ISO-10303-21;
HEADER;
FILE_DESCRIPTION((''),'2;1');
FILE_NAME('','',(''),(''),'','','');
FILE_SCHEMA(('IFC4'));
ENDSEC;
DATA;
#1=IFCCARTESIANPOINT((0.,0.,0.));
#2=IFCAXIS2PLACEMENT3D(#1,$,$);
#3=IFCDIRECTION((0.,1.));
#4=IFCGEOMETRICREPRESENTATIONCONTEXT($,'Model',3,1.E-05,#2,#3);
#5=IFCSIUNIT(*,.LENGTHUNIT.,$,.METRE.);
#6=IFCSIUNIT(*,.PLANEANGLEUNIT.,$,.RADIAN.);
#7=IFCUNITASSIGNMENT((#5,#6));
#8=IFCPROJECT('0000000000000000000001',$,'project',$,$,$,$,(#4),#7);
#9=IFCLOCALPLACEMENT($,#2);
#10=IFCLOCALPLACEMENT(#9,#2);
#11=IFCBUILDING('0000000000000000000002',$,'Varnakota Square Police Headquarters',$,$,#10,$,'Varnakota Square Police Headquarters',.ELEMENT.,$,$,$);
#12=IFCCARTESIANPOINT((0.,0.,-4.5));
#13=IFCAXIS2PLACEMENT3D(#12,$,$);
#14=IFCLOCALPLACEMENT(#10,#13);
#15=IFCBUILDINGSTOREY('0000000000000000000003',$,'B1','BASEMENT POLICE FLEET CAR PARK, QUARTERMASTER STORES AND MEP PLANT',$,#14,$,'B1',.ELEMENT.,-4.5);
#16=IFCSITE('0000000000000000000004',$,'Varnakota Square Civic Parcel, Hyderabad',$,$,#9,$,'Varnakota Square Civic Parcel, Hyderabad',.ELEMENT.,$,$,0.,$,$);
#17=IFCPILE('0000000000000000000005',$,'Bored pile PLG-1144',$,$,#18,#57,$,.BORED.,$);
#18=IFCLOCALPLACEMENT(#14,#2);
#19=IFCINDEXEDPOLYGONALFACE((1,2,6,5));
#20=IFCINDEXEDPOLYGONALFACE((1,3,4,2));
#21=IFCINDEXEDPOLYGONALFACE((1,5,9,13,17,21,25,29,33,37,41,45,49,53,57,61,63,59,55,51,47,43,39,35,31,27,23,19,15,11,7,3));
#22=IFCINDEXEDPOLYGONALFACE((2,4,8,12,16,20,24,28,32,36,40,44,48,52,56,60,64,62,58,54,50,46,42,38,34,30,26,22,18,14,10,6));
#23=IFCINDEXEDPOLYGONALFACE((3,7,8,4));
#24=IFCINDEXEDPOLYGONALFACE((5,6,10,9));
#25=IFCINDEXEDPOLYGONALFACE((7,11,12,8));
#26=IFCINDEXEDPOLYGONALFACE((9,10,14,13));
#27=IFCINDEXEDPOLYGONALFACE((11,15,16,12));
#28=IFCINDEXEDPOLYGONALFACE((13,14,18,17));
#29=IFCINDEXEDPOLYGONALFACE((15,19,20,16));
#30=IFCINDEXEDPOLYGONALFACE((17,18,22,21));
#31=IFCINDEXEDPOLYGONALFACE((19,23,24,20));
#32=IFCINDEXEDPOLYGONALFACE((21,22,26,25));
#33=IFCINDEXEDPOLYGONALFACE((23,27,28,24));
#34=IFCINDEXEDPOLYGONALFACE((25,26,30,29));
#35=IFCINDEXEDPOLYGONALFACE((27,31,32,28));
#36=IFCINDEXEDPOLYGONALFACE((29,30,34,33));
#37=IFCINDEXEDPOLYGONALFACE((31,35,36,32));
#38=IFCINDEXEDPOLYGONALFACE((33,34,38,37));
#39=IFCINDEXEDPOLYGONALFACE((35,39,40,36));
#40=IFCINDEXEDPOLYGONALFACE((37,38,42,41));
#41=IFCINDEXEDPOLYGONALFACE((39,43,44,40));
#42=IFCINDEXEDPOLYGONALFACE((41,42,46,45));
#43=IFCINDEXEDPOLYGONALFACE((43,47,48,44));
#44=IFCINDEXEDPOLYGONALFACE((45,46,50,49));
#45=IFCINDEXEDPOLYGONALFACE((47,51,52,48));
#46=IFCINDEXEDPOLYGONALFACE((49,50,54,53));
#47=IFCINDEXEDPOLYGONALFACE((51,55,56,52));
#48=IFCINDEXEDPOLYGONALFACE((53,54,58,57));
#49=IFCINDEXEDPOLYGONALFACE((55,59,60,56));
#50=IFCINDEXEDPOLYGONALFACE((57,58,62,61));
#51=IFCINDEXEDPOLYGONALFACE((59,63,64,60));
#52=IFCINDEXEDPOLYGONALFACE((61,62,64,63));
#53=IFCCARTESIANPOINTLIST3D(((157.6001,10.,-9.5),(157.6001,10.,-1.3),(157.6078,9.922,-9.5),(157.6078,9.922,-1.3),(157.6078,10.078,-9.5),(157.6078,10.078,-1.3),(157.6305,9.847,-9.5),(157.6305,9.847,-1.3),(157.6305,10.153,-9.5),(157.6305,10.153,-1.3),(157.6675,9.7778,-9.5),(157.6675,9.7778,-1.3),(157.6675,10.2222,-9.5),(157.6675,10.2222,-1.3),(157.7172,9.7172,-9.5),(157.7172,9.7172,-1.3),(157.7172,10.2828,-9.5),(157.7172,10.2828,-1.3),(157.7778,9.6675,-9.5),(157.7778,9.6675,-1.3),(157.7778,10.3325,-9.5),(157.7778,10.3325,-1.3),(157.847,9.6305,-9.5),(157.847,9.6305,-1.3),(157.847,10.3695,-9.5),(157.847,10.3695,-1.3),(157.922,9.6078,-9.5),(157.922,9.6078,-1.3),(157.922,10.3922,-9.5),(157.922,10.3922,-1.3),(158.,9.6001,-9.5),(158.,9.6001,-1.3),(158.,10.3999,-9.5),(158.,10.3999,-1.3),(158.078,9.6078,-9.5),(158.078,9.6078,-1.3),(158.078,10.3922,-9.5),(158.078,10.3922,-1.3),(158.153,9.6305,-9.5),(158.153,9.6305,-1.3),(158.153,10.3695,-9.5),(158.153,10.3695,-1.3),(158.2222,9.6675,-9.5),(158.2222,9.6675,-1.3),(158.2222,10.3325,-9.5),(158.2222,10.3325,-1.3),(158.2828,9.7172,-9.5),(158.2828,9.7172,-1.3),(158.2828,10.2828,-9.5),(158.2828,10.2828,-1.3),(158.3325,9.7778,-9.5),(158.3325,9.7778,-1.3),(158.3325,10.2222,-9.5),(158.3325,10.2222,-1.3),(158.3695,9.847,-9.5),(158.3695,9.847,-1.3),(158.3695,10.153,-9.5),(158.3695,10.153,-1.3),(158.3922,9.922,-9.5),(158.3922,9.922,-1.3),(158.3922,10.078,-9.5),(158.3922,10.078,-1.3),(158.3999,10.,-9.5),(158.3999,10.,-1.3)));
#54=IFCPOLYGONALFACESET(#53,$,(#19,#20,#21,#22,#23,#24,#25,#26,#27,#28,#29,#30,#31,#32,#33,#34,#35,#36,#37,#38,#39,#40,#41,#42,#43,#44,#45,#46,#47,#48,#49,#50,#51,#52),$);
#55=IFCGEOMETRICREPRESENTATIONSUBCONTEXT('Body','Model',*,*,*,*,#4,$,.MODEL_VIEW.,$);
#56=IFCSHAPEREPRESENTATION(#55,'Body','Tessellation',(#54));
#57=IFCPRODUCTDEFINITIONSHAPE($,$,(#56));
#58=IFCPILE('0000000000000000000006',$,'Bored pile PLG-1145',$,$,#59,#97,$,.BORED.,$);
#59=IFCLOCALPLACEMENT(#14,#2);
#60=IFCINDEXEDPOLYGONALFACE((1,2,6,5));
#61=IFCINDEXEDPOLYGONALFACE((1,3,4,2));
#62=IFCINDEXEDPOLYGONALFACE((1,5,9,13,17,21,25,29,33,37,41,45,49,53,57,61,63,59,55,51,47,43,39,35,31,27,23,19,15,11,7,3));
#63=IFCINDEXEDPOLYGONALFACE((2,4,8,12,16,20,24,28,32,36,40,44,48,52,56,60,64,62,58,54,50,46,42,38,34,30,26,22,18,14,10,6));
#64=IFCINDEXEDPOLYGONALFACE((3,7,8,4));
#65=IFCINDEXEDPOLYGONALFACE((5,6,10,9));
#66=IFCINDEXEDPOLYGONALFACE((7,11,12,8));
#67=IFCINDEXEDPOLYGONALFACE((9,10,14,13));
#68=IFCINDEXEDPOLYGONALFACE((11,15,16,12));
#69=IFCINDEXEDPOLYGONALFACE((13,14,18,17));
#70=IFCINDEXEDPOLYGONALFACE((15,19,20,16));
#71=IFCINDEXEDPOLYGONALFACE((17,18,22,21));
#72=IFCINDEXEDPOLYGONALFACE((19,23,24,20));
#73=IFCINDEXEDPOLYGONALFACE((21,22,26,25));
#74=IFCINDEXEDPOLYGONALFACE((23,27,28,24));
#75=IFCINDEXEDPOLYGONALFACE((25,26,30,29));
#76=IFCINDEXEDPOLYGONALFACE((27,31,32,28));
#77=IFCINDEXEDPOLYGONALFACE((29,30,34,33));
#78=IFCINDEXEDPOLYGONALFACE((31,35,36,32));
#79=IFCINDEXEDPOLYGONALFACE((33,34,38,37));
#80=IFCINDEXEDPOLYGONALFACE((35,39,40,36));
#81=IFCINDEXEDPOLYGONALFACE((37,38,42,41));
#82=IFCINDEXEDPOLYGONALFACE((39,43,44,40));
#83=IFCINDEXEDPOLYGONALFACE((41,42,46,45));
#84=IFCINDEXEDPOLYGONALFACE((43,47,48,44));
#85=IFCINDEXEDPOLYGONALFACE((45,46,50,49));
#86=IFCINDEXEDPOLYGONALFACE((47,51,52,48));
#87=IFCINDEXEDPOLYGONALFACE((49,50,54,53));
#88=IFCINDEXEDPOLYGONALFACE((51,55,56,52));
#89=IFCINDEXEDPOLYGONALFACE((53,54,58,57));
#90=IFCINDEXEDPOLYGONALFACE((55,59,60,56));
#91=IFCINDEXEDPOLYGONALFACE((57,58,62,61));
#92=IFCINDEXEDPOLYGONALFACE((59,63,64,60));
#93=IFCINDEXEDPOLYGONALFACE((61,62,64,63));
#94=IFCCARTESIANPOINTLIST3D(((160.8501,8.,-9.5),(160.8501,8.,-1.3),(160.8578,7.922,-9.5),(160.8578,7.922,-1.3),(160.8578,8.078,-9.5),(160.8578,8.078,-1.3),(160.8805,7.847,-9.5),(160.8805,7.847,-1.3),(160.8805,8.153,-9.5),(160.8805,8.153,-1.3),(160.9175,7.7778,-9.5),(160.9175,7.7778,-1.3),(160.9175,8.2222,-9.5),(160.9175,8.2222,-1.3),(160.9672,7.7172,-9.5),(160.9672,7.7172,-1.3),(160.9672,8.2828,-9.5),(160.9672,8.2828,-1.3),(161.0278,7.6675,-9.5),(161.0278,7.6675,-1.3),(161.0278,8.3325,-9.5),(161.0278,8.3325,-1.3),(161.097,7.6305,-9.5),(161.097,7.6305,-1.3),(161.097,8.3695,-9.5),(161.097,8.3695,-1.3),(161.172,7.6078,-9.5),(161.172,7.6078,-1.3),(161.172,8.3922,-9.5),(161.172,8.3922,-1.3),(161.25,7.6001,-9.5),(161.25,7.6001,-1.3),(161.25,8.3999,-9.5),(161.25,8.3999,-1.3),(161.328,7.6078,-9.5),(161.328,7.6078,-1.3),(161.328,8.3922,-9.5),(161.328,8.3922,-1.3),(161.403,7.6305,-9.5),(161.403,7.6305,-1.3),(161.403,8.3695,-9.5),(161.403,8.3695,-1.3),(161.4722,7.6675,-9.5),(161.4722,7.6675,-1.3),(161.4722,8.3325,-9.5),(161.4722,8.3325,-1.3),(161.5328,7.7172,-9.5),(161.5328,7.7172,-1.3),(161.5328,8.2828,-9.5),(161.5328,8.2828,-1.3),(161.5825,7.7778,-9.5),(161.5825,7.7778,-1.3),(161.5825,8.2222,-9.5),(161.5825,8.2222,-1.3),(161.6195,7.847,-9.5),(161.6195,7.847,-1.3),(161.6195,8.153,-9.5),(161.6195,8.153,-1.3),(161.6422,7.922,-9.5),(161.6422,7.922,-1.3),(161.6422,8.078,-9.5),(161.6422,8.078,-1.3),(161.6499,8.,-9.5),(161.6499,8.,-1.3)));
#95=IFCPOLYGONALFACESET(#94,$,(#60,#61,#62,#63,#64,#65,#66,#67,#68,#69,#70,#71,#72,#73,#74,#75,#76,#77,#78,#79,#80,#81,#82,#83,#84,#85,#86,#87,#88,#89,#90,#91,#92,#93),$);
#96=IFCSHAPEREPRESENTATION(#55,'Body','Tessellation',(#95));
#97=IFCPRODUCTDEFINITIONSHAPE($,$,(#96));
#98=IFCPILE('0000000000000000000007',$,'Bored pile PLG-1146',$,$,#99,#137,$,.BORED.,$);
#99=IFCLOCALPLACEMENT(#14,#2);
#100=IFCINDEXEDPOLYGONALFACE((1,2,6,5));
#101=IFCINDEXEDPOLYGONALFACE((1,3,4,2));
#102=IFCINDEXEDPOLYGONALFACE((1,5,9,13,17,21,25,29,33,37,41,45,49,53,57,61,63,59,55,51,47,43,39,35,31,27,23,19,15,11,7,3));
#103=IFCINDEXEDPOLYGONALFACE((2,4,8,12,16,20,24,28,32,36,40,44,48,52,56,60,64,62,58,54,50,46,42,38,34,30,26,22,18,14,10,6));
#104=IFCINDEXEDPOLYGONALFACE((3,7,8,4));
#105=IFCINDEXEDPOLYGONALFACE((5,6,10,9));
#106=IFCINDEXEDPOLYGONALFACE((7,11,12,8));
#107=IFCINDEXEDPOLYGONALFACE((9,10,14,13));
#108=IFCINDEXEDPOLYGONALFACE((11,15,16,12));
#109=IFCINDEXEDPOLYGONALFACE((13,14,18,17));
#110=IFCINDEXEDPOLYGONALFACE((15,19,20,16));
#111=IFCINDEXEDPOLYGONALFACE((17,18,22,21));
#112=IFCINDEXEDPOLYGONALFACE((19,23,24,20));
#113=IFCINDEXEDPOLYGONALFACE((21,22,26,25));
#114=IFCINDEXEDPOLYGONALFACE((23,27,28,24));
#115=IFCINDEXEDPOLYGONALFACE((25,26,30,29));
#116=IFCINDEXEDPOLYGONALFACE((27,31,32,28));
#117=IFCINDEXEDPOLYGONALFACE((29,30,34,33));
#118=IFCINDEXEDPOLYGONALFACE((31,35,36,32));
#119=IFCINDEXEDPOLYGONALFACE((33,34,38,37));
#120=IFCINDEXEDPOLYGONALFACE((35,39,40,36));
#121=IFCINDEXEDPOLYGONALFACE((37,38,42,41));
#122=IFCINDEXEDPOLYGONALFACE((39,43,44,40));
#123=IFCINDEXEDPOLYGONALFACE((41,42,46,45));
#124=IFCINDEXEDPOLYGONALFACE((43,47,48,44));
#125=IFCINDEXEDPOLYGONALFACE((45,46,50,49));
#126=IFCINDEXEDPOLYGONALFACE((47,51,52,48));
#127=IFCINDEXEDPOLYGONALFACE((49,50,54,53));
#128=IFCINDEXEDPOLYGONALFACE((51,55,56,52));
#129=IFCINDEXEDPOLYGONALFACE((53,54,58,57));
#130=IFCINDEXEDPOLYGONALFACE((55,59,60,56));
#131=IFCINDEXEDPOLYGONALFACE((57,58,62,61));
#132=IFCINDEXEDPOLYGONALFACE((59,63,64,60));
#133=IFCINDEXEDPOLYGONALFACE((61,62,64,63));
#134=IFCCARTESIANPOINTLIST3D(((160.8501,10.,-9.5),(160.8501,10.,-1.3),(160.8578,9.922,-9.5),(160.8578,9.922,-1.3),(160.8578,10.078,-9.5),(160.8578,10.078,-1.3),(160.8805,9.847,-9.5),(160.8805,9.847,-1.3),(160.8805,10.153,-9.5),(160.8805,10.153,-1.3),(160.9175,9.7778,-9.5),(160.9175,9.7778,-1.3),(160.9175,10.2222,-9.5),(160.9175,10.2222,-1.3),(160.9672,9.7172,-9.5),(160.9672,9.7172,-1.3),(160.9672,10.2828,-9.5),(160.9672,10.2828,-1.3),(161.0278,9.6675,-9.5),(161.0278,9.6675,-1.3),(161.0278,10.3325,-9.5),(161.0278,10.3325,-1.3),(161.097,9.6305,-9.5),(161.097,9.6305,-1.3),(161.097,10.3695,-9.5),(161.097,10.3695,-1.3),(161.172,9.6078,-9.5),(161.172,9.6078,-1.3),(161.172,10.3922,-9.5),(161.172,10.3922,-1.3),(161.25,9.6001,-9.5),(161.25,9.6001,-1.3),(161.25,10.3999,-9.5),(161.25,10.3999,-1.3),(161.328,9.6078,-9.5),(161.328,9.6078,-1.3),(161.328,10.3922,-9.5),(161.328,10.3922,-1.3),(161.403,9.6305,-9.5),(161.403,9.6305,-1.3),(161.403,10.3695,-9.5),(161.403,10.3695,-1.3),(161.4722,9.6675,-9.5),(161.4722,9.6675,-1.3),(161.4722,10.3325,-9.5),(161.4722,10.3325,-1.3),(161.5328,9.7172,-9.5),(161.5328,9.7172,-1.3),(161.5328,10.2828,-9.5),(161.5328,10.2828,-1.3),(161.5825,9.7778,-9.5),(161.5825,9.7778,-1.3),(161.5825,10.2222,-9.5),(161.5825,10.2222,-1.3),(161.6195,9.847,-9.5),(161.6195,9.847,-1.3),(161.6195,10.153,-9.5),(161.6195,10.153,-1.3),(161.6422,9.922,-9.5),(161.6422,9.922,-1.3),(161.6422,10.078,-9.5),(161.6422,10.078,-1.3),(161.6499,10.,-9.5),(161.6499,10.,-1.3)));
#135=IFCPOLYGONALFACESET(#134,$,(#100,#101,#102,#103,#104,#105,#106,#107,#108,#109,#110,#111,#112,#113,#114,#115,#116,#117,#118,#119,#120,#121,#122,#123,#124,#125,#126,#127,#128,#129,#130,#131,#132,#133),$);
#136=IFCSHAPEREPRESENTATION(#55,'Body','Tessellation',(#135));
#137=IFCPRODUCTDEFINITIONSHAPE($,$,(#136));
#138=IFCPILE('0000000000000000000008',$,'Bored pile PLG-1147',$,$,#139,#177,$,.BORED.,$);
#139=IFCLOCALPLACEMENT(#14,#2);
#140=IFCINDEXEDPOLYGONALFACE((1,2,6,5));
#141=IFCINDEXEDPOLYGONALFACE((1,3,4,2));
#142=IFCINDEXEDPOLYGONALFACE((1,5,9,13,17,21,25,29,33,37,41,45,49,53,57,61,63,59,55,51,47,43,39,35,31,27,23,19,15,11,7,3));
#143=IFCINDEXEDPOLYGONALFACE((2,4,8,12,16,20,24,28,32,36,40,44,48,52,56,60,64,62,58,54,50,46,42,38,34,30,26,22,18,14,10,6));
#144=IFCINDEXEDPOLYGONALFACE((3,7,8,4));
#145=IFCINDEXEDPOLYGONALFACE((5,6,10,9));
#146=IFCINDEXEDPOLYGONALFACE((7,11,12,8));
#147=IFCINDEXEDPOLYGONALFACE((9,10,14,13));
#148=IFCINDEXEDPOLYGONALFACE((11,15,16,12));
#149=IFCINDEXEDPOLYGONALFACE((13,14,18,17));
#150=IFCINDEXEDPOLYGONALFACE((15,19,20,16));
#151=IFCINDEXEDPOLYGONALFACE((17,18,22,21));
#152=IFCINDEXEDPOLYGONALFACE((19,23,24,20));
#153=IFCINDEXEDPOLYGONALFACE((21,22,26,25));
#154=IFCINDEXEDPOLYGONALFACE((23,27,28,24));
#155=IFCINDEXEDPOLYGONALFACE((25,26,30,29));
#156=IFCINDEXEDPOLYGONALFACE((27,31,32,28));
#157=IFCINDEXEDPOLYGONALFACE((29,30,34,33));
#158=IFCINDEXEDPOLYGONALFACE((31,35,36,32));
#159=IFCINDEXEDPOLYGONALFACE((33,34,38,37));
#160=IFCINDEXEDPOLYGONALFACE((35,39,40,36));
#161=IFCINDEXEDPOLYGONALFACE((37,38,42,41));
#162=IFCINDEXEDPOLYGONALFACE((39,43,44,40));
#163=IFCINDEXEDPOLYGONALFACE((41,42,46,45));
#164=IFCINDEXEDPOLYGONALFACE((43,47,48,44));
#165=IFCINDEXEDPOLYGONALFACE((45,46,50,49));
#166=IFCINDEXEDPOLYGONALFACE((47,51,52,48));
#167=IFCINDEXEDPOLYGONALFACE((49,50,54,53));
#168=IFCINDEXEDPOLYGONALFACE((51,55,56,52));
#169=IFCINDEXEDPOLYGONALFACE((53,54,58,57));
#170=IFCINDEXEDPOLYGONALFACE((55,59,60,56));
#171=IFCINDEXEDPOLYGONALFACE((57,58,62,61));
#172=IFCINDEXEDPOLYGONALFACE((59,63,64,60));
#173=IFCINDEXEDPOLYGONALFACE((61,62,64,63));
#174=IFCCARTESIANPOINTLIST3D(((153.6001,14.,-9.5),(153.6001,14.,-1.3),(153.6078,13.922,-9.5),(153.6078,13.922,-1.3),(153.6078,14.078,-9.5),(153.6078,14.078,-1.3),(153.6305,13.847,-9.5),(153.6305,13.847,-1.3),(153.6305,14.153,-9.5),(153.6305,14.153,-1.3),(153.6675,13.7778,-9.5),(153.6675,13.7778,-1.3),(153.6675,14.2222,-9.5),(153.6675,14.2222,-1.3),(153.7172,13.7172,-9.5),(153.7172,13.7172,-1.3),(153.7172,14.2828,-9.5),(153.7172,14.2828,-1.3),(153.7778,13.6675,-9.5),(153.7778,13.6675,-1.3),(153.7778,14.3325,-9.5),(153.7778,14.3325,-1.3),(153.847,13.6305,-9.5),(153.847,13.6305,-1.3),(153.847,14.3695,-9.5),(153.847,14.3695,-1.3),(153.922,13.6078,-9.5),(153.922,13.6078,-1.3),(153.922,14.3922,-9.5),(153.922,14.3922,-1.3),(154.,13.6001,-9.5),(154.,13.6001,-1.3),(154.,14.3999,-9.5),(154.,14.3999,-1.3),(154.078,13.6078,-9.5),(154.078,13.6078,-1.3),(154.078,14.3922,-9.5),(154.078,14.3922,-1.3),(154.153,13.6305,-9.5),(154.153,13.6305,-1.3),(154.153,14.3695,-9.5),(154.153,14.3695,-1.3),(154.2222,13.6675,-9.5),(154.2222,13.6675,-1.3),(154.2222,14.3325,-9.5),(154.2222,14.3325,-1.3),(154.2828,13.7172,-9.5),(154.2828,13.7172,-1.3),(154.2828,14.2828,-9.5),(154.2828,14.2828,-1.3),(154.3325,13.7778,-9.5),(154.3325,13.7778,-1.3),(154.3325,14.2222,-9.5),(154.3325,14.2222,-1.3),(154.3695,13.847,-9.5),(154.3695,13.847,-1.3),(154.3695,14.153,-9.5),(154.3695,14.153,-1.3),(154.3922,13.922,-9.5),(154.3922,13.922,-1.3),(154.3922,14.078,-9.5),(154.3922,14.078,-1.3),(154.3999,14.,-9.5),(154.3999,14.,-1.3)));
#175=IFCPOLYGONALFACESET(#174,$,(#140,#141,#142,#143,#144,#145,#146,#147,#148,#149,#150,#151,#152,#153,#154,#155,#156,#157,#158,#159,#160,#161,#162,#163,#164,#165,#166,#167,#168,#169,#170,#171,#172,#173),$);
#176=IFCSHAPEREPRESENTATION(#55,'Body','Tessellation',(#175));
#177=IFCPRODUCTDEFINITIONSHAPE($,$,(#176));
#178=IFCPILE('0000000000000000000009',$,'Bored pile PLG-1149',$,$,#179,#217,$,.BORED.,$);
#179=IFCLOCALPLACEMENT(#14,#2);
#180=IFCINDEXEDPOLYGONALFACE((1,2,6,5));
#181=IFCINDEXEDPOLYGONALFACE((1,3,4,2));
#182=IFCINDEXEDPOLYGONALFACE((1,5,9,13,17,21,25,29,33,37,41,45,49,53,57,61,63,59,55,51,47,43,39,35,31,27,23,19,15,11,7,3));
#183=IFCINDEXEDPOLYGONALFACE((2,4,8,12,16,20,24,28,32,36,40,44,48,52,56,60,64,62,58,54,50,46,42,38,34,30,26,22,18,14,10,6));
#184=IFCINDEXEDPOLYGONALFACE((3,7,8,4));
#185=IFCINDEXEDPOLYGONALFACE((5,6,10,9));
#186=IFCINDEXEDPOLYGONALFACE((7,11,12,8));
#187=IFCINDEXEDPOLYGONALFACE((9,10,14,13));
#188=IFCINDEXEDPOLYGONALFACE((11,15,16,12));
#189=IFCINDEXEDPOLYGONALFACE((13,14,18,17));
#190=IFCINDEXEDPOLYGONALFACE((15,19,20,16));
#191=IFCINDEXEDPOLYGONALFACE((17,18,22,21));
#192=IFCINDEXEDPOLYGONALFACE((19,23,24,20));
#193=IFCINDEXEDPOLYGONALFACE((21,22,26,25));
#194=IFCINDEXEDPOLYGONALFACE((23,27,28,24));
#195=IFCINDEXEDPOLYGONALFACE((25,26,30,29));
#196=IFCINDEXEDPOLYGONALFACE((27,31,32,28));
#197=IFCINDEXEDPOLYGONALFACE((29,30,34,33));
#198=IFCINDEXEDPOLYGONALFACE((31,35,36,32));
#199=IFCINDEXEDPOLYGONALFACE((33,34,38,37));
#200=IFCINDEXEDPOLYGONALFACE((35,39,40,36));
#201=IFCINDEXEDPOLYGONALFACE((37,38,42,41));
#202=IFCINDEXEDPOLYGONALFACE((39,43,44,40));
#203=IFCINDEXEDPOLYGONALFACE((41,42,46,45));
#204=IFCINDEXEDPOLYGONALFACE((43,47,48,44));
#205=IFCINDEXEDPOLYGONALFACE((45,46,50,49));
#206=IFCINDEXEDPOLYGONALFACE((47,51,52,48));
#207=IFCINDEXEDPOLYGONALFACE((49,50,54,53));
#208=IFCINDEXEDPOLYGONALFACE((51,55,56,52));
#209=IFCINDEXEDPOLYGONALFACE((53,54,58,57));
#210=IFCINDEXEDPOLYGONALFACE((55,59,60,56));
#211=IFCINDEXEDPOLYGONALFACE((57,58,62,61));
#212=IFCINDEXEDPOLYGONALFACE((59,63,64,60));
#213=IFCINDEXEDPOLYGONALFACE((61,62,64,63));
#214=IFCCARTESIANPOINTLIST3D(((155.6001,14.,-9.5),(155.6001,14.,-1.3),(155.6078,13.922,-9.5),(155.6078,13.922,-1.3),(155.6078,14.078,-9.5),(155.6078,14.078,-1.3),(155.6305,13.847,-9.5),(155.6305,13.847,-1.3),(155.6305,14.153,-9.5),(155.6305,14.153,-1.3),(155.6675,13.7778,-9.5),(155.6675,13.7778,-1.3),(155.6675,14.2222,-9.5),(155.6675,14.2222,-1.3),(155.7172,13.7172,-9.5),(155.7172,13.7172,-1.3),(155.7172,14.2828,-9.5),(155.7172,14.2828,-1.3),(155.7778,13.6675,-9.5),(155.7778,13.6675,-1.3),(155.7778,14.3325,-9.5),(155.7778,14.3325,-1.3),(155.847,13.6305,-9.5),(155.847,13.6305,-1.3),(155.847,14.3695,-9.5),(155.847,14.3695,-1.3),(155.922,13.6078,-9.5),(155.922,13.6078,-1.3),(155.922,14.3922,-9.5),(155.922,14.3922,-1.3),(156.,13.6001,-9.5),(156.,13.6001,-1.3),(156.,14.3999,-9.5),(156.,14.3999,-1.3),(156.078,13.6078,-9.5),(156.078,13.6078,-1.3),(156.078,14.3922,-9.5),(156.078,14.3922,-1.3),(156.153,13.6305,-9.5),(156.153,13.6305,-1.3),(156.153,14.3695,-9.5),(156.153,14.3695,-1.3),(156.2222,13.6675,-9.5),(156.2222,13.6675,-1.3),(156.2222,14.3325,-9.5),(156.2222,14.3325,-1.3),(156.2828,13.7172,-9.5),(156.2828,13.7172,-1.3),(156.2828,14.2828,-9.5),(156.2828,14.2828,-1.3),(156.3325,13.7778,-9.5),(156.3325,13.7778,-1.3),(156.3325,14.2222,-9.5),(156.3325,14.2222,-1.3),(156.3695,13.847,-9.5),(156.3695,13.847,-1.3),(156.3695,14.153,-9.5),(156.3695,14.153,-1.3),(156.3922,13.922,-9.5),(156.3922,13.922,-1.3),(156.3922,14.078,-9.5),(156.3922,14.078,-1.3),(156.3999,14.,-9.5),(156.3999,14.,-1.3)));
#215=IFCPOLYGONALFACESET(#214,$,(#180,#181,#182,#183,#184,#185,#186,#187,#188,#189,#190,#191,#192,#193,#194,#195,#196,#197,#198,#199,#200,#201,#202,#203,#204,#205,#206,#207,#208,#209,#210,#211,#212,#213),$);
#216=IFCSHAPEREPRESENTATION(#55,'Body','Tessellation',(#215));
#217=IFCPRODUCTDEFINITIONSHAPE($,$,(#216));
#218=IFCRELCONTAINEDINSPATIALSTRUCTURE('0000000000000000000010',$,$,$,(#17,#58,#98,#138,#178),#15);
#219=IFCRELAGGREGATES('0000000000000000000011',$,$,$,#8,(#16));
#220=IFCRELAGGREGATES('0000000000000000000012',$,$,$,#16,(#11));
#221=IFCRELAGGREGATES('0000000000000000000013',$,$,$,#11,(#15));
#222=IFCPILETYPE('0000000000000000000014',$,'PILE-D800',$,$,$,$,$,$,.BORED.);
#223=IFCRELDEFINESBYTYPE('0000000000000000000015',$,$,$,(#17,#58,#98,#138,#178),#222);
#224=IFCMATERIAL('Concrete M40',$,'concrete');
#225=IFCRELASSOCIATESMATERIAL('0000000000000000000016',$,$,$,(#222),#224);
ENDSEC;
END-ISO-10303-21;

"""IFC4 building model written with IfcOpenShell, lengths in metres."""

from ifc_helpers import new_model, si_unit, direction, frame, origin, origin_2d, place, context, subcontext, project, spatial, circle, extrude, material, material_profile, profile_set, type_object, element, save


model = new_model("IFC4")

# Units and contexts
model_context = context("Model", 3, precision=1e-05, world=origin(), true_north=direction((0.0, 1.0)))
body_context = subcontext(model_context, "Body", "Model", "MODEL_VIEW")
ifc_project = project(units=[si_unit("LENGTHUNIT", "METRE"), si_unit("PLANEANGLEUNIT", "RADIAN")], contexts=[model_context])

# Site, building, storey
site_placement = place(None, origin())
site = spatial("IfcSite", under=ifc_project, at=site_placement, Name="Varnakota Square Civic Parcel, Hyderabad", LongName="Varnakota Square Civic Parcel, Hyderabad", CompositionType="ELEMENT", RefElevation=0.0)
building_placement = place(site_placement, origin())
building = spatial("IfcBuilding", under=site, at=building_placement, Name="Varnakota Square Police Headquarters", LongName="Varnakota Square Police Headquarters", CompositionType="ELEMENT")
storey_placement = place(building_placement, frame((0.0, 0.0, -4.5)))
storey = spatial("IfcBuildingStorey", under=building, at=storey_placement, Name="B1", Description="BASEMENT POLICE FLEET CAR PARK, QUARTERMASTER STORES AND MEP PLANT", LongName="B1", CompositionType="ELEMENT", Elevation=-4.5)

# Shared definitions
ifc_material_1 = material(Name="Concrete M40", Category="concrete")

# Piles
ifc_material_profile_1 = material_profile(ifc_material_1, circle(Radius=0.3999, at=origin_2d()), Name="BORED PILE 800")
ifc_profile_set_1 = profile_set([ifc_material_profile_1], Name="Concrete M40")
pile_type = type_object("IfcPileType", Name="PILE-D800", PredefinedType="BORED", material=ifc_profile_set_1)
for number, where, z_axis, x_axis, name in (
    (1, (158.0, 10.0, -1.3), (0.0, 0.0, -1.0), (1.0, 0.0, 0.0), "Bored pile PLG-1144"),
    (2, (161.25, 8.0, -1.3), (0.0, 0.0, -1.0), (1.0, 0.0, 0.0), "Bored pile PLG-1145"),
    (3, (161.25, 10.0, -1.3), (0.0, 0.0, -1.0), (1.0, 0.0, 0.0), "Bored pile PLG-1146"),
    (4, (154.0, 14.0, -1.3), (0.0, 0.0, -1.0), (1.0, 0.0, 0.0), "Bored pile PLG-1147"),
    (5, (156.0, 14.0, -1.3), (0.0, 0.0, -1.0), (1.0, 0.0, 0.0), "Bored pile PLG-1149"),
):
    element("IfcPile", number, at=place(storey_placement, frame(where, z_axis=z_axis, x_axis=x_axis)), inside=storey, type_object=pile_type, Name=name, PredefinedType="BORED", context=body_context, shape_type="SweptSolid", body=[
        extrude(circle(Radius=0.3999, at=origin_2d()), origin(), (0.0, 0.0, 1.0), 8.2),
    ])

save(model, "model.ifc")
